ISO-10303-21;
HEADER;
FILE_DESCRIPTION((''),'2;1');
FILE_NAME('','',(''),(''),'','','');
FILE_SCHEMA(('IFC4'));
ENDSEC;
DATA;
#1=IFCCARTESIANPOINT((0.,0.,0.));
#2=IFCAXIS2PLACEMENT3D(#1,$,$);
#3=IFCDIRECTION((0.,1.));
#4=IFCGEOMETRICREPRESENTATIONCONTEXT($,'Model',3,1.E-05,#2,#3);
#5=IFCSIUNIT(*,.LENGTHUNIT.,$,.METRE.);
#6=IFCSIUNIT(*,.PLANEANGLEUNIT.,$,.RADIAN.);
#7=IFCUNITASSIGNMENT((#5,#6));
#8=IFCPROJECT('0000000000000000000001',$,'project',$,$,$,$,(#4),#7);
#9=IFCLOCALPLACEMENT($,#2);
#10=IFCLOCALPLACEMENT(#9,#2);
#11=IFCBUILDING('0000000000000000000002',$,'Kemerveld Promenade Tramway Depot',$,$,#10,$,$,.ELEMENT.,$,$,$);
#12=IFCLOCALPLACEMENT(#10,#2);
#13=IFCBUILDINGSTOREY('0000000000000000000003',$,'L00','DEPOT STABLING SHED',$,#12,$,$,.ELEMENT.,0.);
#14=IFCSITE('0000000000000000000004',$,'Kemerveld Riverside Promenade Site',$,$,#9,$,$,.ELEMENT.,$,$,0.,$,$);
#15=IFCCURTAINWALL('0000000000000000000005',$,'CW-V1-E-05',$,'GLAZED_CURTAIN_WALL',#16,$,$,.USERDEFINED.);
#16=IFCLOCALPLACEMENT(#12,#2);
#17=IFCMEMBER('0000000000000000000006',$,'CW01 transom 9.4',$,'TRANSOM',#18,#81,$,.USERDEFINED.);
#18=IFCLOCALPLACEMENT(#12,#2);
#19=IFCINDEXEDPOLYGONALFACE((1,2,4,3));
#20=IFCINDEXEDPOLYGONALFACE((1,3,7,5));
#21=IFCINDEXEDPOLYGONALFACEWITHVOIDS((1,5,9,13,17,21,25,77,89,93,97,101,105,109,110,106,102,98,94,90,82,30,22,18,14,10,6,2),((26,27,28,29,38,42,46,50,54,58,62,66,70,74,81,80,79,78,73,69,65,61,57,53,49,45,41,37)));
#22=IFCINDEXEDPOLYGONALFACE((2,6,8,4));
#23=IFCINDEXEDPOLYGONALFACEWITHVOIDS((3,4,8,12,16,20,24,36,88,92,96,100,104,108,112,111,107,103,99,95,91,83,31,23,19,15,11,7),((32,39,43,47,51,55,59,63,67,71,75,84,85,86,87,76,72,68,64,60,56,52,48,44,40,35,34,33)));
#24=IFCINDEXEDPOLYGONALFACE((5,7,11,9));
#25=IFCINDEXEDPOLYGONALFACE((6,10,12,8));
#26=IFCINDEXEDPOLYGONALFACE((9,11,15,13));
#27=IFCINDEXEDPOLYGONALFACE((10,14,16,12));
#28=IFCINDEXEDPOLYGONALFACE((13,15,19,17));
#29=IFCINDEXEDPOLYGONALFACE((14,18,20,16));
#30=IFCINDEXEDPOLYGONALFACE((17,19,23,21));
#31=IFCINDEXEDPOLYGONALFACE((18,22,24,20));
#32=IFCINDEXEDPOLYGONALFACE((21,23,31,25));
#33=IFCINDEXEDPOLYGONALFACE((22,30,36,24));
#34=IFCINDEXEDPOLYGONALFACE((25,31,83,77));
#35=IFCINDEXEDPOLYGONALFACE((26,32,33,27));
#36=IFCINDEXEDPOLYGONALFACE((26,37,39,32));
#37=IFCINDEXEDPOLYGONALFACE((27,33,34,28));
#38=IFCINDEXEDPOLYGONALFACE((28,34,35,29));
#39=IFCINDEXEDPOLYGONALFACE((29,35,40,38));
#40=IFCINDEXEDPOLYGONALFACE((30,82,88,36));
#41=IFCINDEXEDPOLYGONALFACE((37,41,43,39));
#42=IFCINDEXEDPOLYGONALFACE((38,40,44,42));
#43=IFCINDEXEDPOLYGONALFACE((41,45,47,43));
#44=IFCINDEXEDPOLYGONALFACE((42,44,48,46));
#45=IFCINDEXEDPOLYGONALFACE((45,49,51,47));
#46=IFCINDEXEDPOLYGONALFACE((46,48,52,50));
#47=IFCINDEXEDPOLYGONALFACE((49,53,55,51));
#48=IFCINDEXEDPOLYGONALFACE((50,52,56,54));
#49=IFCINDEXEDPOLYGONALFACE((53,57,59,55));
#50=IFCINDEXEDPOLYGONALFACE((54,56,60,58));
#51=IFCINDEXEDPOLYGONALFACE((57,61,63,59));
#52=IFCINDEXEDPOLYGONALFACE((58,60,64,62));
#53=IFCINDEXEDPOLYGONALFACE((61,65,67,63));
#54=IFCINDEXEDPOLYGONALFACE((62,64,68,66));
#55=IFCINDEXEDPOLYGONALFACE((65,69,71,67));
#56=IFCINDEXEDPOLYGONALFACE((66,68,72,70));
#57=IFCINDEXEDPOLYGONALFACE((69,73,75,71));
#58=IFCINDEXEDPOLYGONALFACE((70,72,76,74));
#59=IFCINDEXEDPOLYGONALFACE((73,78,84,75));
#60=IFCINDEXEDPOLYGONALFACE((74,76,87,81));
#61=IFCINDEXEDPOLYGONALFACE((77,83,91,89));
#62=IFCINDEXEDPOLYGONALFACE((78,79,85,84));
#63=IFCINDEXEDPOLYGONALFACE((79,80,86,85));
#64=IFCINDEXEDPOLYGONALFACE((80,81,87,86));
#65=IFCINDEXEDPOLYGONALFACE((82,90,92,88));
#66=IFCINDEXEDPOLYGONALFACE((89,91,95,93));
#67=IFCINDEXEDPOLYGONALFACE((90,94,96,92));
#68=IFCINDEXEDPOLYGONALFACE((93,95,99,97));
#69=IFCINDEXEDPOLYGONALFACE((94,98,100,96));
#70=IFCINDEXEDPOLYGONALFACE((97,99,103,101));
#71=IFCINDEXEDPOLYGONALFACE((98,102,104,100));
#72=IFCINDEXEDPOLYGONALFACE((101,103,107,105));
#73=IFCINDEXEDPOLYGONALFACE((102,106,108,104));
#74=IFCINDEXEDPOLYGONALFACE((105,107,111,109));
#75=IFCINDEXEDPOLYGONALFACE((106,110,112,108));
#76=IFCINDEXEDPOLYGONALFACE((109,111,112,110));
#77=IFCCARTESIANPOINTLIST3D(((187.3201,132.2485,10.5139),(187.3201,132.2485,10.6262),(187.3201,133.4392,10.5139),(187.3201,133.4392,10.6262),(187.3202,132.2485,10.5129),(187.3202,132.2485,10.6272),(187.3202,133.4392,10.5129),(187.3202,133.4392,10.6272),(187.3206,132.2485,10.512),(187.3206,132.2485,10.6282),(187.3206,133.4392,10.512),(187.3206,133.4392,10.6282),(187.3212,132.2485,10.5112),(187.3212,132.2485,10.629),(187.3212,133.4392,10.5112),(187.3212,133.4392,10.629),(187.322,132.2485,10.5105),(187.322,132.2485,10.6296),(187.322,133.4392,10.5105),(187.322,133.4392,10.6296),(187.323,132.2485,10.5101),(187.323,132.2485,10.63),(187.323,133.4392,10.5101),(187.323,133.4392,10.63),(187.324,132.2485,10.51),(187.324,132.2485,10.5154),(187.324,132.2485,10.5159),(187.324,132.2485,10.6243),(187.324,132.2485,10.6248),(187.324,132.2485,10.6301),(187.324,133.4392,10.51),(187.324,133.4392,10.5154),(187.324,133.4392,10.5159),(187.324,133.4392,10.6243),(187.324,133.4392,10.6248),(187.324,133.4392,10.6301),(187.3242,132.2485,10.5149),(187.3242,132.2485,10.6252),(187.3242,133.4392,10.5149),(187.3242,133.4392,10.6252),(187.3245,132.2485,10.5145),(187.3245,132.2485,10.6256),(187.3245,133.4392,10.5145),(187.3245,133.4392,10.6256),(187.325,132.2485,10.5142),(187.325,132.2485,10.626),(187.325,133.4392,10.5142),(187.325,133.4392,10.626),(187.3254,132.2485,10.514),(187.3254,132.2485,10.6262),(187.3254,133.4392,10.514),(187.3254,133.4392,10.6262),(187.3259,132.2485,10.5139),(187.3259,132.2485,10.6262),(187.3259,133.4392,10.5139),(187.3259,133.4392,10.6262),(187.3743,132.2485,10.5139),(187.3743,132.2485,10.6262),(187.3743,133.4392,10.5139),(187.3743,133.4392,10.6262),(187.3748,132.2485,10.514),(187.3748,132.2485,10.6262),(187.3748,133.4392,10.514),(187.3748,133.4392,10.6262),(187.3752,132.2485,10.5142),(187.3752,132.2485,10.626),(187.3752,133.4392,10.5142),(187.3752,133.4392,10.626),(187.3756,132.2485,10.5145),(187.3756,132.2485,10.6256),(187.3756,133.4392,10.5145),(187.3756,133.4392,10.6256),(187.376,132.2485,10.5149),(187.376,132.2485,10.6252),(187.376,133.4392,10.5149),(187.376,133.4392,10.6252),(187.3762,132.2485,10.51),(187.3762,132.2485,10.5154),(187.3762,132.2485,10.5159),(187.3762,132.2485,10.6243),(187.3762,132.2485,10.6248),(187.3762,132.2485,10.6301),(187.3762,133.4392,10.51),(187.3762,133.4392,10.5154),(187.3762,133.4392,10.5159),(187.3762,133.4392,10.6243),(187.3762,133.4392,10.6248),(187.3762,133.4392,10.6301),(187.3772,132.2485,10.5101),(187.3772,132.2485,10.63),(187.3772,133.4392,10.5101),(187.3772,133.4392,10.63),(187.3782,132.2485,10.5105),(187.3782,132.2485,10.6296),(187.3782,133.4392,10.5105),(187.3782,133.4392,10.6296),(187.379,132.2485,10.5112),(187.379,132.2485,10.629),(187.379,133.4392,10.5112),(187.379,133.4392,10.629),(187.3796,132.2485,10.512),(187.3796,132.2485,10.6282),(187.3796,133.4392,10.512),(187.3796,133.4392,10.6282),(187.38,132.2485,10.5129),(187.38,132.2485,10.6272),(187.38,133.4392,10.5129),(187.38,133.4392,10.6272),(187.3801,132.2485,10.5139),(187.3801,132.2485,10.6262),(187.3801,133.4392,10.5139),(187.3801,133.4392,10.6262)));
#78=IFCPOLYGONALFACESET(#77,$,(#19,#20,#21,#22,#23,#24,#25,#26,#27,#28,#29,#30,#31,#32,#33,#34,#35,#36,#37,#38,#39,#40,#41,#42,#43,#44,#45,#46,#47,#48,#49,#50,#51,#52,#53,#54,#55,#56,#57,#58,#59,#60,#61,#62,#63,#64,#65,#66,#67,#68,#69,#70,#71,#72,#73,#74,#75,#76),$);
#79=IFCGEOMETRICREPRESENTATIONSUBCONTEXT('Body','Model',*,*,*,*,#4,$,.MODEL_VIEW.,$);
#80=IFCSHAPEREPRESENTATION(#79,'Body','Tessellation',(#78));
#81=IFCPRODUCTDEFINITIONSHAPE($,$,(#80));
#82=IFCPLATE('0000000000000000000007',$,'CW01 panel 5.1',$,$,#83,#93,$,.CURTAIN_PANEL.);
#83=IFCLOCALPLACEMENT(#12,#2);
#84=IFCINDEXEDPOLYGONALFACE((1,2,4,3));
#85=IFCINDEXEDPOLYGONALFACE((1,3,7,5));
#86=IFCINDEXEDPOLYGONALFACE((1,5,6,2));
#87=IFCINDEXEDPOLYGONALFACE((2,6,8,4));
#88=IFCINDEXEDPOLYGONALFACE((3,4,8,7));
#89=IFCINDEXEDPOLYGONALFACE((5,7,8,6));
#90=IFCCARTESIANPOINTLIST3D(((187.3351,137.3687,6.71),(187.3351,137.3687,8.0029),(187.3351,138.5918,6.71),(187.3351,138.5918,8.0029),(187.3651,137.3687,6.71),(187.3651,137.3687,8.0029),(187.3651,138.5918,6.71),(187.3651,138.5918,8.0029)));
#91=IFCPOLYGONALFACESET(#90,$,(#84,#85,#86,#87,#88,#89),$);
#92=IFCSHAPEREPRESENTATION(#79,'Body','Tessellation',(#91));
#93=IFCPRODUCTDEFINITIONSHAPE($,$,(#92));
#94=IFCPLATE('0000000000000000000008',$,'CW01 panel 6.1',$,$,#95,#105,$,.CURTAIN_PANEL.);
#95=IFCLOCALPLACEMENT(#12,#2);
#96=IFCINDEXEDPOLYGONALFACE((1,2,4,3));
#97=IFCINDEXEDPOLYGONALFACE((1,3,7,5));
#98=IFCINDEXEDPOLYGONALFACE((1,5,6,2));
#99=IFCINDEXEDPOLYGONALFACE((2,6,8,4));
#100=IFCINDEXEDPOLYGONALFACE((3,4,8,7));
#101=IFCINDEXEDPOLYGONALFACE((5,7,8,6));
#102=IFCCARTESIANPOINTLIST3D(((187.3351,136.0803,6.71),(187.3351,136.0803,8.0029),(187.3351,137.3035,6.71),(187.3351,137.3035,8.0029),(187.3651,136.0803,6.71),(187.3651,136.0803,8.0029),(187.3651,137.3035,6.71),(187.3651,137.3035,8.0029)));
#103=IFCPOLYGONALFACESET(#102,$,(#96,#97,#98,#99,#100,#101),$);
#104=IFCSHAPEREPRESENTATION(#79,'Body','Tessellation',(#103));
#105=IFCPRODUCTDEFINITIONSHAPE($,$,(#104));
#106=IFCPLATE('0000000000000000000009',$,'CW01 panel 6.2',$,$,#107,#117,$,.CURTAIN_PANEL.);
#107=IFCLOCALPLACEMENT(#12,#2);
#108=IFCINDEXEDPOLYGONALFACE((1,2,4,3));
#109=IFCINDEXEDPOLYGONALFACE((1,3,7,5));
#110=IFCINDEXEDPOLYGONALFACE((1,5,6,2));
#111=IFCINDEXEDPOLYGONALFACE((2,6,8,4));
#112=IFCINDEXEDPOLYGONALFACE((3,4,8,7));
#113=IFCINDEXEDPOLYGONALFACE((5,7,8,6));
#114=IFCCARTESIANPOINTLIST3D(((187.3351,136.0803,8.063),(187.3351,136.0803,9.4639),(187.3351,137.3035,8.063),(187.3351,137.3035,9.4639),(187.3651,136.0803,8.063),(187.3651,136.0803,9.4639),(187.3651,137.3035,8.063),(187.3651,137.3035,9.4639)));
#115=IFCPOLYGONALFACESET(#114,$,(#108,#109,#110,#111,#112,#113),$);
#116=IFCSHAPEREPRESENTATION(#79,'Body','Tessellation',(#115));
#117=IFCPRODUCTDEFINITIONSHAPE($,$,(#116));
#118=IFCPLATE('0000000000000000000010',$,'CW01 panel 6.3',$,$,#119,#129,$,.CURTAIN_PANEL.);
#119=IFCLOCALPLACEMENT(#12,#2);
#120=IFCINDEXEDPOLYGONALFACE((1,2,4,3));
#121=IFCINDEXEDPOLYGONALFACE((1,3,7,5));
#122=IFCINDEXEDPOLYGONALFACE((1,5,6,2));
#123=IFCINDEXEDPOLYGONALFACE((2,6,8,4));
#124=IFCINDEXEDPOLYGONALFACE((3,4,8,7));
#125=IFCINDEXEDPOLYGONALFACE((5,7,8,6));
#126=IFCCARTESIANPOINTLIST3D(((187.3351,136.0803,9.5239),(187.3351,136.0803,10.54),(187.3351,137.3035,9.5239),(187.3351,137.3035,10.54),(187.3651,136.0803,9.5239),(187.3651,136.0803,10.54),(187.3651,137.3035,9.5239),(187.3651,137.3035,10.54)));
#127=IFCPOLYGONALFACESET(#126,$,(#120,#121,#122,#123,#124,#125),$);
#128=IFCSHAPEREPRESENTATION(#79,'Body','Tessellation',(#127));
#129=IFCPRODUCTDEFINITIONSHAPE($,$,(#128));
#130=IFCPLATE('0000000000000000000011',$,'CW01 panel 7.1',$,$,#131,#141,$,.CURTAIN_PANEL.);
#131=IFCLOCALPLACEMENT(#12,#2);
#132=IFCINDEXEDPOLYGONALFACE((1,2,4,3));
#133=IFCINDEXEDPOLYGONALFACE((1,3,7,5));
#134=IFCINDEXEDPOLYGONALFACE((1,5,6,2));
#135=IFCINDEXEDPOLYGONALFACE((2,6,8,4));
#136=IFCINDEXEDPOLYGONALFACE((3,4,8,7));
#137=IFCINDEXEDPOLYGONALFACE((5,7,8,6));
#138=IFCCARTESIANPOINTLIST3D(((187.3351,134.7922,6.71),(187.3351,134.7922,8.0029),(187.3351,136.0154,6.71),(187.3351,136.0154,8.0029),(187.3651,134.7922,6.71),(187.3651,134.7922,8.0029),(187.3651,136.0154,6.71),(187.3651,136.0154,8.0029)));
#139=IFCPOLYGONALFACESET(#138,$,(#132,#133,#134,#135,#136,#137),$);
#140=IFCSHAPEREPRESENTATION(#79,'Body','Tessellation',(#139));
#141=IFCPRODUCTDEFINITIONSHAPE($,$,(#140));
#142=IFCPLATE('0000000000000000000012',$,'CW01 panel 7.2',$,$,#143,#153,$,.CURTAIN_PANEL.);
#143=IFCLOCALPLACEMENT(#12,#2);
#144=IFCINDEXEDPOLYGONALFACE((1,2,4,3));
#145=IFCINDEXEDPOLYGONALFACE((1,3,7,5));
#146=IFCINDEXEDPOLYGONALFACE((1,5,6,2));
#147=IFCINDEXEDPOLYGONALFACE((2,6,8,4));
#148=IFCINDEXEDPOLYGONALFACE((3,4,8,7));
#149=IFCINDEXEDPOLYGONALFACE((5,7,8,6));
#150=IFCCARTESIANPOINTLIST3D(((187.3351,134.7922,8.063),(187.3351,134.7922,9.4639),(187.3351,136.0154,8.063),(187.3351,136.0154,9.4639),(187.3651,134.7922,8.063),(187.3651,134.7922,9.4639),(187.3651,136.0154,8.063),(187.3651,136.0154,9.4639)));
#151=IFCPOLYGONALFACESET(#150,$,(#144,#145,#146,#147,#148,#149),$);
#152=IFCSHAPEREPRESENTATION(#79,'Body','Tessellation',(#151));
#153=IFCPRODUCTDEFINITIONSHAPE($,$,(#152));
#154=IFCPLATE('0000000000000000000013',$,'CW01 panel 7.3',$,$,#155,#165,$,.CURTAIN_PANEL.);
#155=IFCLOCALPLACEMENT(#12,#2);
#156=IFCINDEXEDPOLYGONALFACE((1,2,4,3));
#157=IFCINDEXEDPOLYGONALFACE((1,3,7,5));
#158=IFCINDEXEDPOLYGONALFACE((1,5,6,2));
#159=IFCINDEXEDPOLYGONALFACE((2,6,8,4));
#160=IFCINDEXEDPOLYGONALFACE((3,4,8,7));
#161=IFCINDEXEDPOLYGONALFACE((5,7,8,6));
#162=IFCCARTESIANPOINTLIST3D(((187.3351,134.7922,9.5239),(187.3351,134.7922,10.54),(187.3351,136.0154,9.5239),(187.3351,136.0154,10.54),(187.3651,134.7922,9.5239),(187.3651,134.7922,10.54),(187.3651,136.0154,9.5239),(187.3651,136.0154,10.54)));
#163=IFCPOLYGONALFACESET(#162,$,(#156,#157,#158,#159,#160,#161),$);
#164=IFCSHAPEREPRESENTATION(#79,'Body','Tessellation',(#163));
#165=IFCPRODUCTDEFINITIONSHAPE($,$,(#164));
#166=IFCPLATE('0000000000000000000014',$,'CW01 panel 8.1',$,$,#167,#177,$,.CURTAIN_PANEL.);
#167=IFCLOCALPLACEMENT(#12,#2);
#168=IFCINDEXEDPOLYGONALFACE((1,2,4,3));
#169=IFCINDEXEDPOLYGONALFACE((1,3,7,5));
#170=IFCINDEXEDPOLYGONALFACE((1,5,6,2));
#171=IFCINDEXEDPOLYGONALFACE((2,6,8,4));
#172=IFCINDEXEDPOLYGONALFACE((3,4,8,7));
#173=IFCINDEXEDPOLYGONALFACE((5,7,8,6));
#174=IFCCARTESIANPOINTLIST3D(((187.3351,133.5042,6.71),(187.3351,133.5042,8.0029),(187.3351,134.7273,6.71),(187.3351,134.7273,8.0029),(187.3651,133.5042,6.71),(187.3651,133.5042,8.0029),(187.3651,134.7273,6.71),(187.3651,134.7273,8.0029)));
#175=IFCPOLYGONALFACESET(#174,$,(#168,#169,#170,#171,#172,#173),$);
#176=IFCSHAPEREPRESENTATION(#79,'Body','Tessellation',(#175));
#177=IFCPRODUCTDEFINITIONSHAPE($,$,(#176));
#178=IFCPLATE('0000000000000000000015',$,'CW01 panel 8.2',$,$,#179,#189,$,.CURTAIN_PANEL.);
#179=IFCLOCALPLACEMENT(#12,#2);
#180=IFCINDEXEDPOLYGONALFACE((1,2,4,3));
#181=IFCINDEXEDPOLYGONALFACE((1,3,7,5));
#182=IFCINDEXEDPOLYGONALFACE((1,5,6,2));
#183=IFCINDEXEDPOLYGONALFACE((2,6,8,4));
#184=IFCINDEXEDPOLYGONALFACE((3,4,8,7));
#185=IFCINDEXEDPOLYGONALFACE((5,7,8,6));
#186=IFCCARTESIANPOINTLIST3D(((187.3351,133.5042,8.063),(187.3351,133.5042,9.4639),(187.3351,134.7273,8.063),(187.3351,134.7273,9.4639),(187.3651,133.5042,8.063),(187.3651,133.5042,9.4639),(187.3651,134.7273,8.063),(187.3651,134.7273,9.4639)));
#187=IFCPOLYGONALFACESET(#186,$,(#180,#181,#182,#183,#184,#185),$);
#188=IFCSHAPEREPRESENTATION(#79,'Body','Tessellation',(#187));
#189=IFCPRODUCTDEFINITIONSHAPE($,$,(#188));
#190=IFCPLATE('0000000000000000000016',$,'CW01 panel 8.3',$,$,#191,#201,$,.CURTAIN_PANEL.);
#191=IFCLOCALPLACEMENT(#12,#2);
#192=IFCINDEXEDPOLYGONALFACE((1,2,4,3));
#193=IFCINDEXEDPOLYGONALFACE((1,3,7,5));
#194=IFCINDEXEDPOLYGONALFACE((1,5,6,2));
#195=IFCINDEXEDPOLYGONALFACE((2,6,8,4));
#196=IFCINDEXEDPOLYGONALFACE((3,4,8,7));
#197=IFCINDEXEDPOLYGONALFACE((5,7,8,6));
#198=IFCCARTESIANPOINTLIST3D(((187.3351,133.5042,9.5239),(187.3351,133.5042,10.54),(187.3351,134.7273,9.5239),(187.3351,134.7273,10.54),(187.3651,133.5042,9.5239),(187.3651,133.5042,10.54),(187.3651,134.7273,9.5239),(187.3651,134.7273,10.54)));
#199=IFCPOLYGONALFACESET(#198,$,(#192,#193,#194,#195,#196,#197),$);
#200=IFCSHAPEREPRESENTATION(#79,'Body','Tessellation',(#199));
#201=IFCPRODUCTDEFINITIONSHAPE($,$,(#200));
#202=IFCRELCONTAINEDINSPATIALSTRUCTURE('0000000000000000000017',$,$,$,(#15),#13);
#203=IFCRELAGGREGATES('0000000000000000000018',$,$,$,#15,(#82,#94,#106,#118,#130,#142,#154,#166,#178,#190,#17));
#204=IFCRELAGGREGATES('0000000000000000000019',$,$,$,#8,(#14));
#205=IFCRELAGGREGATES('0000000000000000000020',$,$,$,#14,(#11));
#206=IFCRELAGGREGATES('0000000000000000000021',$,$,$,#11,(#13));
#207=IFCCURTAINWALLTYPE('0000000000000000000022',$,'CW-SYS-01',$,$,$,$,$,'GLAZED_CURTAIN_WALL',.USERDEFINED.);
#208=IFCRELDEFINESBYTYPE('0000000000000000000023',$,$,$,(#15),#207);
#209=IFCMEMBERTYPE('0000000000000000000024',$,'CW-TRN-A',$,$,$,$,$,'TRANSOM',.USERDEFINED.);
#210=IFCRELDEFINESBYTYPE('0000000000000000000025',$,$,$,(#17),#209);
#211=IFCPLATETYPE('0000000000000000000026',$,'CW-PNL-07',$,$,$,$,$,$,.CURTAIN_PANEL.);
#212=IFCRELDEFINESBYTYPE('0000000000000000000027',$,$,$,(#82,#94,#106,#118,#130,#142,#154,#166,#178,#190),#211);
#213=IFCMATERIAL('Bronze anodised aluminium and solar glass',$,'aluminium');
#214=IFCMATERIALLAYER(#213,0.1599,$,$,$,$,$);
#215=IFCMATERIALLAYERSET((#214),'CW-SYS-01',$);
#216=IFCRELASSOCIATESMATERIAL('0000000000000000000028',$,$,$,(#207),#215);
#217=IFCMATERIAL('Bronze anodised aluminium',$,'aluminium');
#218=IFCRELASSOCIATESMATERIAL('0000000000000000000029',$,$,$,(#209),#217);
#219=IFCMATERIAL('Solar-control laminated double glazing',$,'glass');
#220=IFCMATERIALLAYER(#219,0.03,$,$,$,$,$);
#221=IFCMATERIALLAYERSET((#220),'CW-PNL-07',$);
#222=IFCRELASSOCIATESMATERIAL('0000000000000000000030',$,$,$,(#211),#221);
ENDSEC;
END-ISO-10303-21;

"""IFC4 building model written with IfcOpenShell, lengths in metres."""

from ifc_helpers import new_model, si_unit, direction, frame, origin, origin_2d, place, context, subcontext, project, spatial, rectangle, hollow_rectangle, extrude, material, layer, layer_set, material_profile, profile_set, type_object, element, aggregate, save


model = new_model("IFC4")

# Units and contexts
model_context = context("Model", 3, precision=1e-05, world=origin(), true_north=direction((0.0, 1.0)))
body_context = subcontext(model_context, "Body", "Model", "MODEL_VIEW")
ifc_project = project(units=[si_unit("LENGTHUNIT", "METRE"), si_unit("PLANEANGLEUNIT", "RADIAN")], contexts=[model_context])

# Site, building, storey
site_placement = place(None, origin())
site = spatial("IfcSite", under=ifc_project, at=site_placement, Name="Kemerveld Riverside Promenade Site", CompositionType="ELEMENT", RefElevation=0.0)
building_placement = place(site_placement, origin())
building = spatial("IfcBuilding", under=site, at=building_placement, Name="Kemerveld Promenade Tramway Depot", CompositionType="ELEMENT")
storey_placement = place(building_placement, origin())
storey = spatial("IfcBuildingStorey", under=building, at=storey_placement, Name="L00", Description="DEPOT STABLING SHED", CompositionType="ELEMENT", Elevation=0.0)

# Curtain wall, member, plates
ifc_material_1 = material(Name="Bronze anodised aluminium and solar glass", Category="aluminium")
ifc_layer_1 = layer(ifc_material_1, 0.1599)
ifc_layer_set_1 = layer_set([ifc_layer_1], Name="CW-SYS-01")
curtain_wall_type = type_object("IfcCurtainWallType", Name="CW-SYS-01", ElementType="GLAZED_CURTAIN_WALL", PredefinedType="USERDEFINED", material=ifc_layer_set_1)
curtain_wall_placement = place(storey_placement, origin())
curtain_wall = element("IfcCurtainWall", 1, at=curtain_wall_placement, inside=storey, type_object=curtain_wall_type, Name="CW-V1-E-05", ObjectType="GLAZED_CURTAIN_WALL", PredefinedType="USERDEFINED")
ifc_material_2 = material(Name="Bronze anodised aluminium", Category="aluminium")
ifc_material_profile_1 = material_profile(ifc_material_2, hollow_rectangle(XDim=0.0601, YDim=0.1201, WallThickness=0.0039, InnerFilletRadius=0.002, OuterFilletRadius=0.0039, at=origin_2d()), Name="CW-TRN-120x60")
ifc_profile_set_1 = profile_set([ifc_material_profile_1], Name="Bronze anodised aluminium")
member_type_1 = type_object("IfcMemberType", Name="CW-TRN-A", ElementType="TRANSOM", PredefinedType="USERDEFINED", material=ifc_profile_set_1)
member_1_placement = place(storey_placement, frame((187.3501, 133.4392, 10.5701), z_axis=(0.0, -1.0, 0.0), x_axis=(1.0, 0.0, 0.0)))
member_1 = element("IfcMember", 2, at=member_1_placement, type_object=member_type_1, Name="CW01 transom 9.4", ObjectType="TRANSOM", PredefinedType="USERDEFINED", context=body_context, shape_type="SweptSolid", body=[
    extrude(hollow_rectangle(XDim=0.0601, YDim=0.1201, WallThickness=0.0039, InnerFilletRadius=0.002, OuterFilletRadius=0.0039, at=origin_2d()), origin(), (0.0, 0.0, 1.0), 1.1907),
])
ifc_material_3 = material(Name="Solar-control laminated double glazing", Category="glass")
ifc_layer_2 = layer(ifc_material_3, 0.03)
ifc_layer_set_2 = layer_set([ifc_layer_2], Name="CW-PNL-07")
plate_type_1 = type_object("IfcPlateType", Name="CW-PNL-07", PredefinedType="CURTAIN_PANEL", material=ifc_layer_set_2)
plate_1_placement = place(storey_placement, frame((187.3501, 137.9802, 6.71), z_axis=(0.0, 0.0, 1.0), x_axis=(0.0, -1.0, 0.0)))
plate_1 = element("IfcPlate", 3, at=plate_1_placement, type_object=plate_type_1, Name="CW01 panel 5.1", PredefinedType="CURTAIN_PANEL", context=body_context, shape_type="SweptSolid", body=[
    extrude(rectangle(XDim=1.2231, YDim=0.03, at=origin_2d()), origin(), (0.0, 0.0, 1.0), 1.293),
])
plate_2_placement = place(storey_placement, frame((187.3501, 136.6919, 6.71), z_axis=(0.0, 0.0, 1.0), x_axis=(0.0, -1.0, 0.0)))
plate_2 = element("IfcPlate", 4, at=plate_2_placement, type_object=plate_type_1, Name="CW01 panel 6.1", PredefinedType="CURTAIN_PANEL", context=body_context, shape_type="SweptSolid", body=[
    extrude(rectangle(XDim=1.2231, YDim=0.03, at=origin_2d()), origin(), (0.0, 0.0, 1.0), 1.293),
])
plate_3_placement = place(storey_placement, frame((187.3501, 136.6919, 8.063), z_axis=(0.0, 0.0, 1.0), x_axis=(0.0, -1.0, 0.0)))
plate_3 = element("IfcPlate", 5, at=plate_3_placement, type_object=plate_type_1, Name="CW01 panel 6.2", PredefinedType="CURTAIN_PANEL", context=body_context, shape_type="SweptSolid", body=[
    extrude(rectangle(XDim=1.2231, YDim=0.03, at=origin_2d()), origin(), (0.0, 0.0, 1.0), 1.4009),
])
plate_4_placement = place(storey_placement, frame((187.3501, 136.6919, 9.5239), z_axis=(0.0, 0.0, 1.0), x_axis=(0.0, -1.0, 0.0)))
plate_4 = element("IfcPlate", 6, at=plate_4_placement, type_object=plate_type_1, Name="CW01 panel 6.3", PredefinedType="CURTAIN_PANEL", context=body_context, shape_type="SweptSolid", body=[
    extrude(rectangle(XDim=1.2231, YDim=0.03, at=origin_2d()), origin(), (0.0, 0.0, 1.0), 1.0161),
])
plate_5_placement = place(storey_placement, frame((187.3501, 135.4038, 6.71), z_axis=(0.0, 0.0, 1.0), x_axis=(0.0, -1.0, 0.0)))
plate_5 = element("IfcPlate", 7, at=plate_5_placement, type_object=plate_type_1, Name="CW01 panel 7.1", PredefinedType="CURTAIN_PANEL", context=body_context, shape_type="SweptSolid", body=[
    extrude(rectangle(XDim=1.2231, YDim=0.03, at=origin_2d()), origin(), (0.0, 0.0, 1.0), 1.293),
])
plate_6_placement = place(storey_placement, frame((187.3501, 135.4038, 8.063), z_axis=(0.0, 0.0, 1.0), x_axis=(0.0, -1.0, 0.0)))
plate_6 = element("IfcPlate", 8, at=plate_6_placement, type_object=plate_type_1, Name="CW01 panel 7.2", PredefinedType="CURTAIN_PANEL", context=body_context, shape_type="SweptSolid", body=[
    extrude(rectangle(XDim=1.2231, YDim=0.03, at=origin_2d()), origin(), (0.0, 0.0, 1.0), 1.4009),
])
plate_7_placement = place(storey_placement, frame((187.3501, 135.4038, 9.5239), z_axis=(0.0, 0.0, 1.0), x_axis=(0.0, -1.0, 0.0)))
plate_7 = element("IfcPlate", 9, at=plate_7_placement, type_object=plate_type_1, Name="CW01 panel 7.3", PredefinedType="CURTAIN_PANEL", context=body_context, shape_type="SweptSolid", body=[
    extrude(rectangle(XDim=1.2231, YDim=0.03, at=origin_2d()), origin(), (0.0, 0.0, 1.0), 1.0161),
])
plate_8_placement = place(storey_placement, frame((187.3501, 134.1157, 6.71), z_axis=(0.0, 0.0, 1.0), x_axis=(0.0, -1.0, 0.0)))
plate_8 = element("IfcPlate", 10, at=plate_8_placement, type_object=plate_type_1, Name="CW01 panel 8.1", PredefinedType="CURTAIN_PANEL", context=body_context, shape_type="SweptSolid", body=[
    extrude(rectangle(XDim=1.2231, YDim=0.03, at=origin_2d()), origin(), (0.0, 0.0, 1.0), 1.293),
])
plate_9_placement = place(storey_placement, frame((187.3501, 134.1157, 8.063), z_axis=(0.0, 0.0, 1.0), x_axis=(0.0, -1.0, 0.0)))
plate_9 = element("IfcPlate", 11, at=plate_9_placement, type_object=plate_type_1, Name="CW01 panel 8.2", PredefinedType="CURTAIN_PANEL", context=body_context, shape_type="SweptSolid", body=[
    extrude(rectangle(XDim=1.2231, YDim=0.03, at=origin_2d()), origin(), (0.0, 0.0, 1.0), 1.4009),
])
plate_10_placement = place(storey_placement, frame((187.3501, 134.1157, 9.5239), z_axis=(0.0, 0.0, 1.0), x_axis=(0.0, -1.0, 0.0)))
plate_10 = element("IfcPlate", 12, at=plate_10_placement, type_object=plate_type_1, Name="CW01 panel 8.3", PredefinedType="CURTAIN_PANEL", context=body_context, shape_type="SweptSolid", body=[
    extrude(rectangle(XDim=1.2231, YDim=0.03, at=origin_2d()), origin(), (0.0, 0.0, 1.0), 1.0161),
])
aggregate(curtain_wall, [plate_1, plate_2, plate_3, plate_4, plate_5, plate_6, plate_7, plate_8, plate_9, plate_10, member_1])

save(model, "model.ifc")
